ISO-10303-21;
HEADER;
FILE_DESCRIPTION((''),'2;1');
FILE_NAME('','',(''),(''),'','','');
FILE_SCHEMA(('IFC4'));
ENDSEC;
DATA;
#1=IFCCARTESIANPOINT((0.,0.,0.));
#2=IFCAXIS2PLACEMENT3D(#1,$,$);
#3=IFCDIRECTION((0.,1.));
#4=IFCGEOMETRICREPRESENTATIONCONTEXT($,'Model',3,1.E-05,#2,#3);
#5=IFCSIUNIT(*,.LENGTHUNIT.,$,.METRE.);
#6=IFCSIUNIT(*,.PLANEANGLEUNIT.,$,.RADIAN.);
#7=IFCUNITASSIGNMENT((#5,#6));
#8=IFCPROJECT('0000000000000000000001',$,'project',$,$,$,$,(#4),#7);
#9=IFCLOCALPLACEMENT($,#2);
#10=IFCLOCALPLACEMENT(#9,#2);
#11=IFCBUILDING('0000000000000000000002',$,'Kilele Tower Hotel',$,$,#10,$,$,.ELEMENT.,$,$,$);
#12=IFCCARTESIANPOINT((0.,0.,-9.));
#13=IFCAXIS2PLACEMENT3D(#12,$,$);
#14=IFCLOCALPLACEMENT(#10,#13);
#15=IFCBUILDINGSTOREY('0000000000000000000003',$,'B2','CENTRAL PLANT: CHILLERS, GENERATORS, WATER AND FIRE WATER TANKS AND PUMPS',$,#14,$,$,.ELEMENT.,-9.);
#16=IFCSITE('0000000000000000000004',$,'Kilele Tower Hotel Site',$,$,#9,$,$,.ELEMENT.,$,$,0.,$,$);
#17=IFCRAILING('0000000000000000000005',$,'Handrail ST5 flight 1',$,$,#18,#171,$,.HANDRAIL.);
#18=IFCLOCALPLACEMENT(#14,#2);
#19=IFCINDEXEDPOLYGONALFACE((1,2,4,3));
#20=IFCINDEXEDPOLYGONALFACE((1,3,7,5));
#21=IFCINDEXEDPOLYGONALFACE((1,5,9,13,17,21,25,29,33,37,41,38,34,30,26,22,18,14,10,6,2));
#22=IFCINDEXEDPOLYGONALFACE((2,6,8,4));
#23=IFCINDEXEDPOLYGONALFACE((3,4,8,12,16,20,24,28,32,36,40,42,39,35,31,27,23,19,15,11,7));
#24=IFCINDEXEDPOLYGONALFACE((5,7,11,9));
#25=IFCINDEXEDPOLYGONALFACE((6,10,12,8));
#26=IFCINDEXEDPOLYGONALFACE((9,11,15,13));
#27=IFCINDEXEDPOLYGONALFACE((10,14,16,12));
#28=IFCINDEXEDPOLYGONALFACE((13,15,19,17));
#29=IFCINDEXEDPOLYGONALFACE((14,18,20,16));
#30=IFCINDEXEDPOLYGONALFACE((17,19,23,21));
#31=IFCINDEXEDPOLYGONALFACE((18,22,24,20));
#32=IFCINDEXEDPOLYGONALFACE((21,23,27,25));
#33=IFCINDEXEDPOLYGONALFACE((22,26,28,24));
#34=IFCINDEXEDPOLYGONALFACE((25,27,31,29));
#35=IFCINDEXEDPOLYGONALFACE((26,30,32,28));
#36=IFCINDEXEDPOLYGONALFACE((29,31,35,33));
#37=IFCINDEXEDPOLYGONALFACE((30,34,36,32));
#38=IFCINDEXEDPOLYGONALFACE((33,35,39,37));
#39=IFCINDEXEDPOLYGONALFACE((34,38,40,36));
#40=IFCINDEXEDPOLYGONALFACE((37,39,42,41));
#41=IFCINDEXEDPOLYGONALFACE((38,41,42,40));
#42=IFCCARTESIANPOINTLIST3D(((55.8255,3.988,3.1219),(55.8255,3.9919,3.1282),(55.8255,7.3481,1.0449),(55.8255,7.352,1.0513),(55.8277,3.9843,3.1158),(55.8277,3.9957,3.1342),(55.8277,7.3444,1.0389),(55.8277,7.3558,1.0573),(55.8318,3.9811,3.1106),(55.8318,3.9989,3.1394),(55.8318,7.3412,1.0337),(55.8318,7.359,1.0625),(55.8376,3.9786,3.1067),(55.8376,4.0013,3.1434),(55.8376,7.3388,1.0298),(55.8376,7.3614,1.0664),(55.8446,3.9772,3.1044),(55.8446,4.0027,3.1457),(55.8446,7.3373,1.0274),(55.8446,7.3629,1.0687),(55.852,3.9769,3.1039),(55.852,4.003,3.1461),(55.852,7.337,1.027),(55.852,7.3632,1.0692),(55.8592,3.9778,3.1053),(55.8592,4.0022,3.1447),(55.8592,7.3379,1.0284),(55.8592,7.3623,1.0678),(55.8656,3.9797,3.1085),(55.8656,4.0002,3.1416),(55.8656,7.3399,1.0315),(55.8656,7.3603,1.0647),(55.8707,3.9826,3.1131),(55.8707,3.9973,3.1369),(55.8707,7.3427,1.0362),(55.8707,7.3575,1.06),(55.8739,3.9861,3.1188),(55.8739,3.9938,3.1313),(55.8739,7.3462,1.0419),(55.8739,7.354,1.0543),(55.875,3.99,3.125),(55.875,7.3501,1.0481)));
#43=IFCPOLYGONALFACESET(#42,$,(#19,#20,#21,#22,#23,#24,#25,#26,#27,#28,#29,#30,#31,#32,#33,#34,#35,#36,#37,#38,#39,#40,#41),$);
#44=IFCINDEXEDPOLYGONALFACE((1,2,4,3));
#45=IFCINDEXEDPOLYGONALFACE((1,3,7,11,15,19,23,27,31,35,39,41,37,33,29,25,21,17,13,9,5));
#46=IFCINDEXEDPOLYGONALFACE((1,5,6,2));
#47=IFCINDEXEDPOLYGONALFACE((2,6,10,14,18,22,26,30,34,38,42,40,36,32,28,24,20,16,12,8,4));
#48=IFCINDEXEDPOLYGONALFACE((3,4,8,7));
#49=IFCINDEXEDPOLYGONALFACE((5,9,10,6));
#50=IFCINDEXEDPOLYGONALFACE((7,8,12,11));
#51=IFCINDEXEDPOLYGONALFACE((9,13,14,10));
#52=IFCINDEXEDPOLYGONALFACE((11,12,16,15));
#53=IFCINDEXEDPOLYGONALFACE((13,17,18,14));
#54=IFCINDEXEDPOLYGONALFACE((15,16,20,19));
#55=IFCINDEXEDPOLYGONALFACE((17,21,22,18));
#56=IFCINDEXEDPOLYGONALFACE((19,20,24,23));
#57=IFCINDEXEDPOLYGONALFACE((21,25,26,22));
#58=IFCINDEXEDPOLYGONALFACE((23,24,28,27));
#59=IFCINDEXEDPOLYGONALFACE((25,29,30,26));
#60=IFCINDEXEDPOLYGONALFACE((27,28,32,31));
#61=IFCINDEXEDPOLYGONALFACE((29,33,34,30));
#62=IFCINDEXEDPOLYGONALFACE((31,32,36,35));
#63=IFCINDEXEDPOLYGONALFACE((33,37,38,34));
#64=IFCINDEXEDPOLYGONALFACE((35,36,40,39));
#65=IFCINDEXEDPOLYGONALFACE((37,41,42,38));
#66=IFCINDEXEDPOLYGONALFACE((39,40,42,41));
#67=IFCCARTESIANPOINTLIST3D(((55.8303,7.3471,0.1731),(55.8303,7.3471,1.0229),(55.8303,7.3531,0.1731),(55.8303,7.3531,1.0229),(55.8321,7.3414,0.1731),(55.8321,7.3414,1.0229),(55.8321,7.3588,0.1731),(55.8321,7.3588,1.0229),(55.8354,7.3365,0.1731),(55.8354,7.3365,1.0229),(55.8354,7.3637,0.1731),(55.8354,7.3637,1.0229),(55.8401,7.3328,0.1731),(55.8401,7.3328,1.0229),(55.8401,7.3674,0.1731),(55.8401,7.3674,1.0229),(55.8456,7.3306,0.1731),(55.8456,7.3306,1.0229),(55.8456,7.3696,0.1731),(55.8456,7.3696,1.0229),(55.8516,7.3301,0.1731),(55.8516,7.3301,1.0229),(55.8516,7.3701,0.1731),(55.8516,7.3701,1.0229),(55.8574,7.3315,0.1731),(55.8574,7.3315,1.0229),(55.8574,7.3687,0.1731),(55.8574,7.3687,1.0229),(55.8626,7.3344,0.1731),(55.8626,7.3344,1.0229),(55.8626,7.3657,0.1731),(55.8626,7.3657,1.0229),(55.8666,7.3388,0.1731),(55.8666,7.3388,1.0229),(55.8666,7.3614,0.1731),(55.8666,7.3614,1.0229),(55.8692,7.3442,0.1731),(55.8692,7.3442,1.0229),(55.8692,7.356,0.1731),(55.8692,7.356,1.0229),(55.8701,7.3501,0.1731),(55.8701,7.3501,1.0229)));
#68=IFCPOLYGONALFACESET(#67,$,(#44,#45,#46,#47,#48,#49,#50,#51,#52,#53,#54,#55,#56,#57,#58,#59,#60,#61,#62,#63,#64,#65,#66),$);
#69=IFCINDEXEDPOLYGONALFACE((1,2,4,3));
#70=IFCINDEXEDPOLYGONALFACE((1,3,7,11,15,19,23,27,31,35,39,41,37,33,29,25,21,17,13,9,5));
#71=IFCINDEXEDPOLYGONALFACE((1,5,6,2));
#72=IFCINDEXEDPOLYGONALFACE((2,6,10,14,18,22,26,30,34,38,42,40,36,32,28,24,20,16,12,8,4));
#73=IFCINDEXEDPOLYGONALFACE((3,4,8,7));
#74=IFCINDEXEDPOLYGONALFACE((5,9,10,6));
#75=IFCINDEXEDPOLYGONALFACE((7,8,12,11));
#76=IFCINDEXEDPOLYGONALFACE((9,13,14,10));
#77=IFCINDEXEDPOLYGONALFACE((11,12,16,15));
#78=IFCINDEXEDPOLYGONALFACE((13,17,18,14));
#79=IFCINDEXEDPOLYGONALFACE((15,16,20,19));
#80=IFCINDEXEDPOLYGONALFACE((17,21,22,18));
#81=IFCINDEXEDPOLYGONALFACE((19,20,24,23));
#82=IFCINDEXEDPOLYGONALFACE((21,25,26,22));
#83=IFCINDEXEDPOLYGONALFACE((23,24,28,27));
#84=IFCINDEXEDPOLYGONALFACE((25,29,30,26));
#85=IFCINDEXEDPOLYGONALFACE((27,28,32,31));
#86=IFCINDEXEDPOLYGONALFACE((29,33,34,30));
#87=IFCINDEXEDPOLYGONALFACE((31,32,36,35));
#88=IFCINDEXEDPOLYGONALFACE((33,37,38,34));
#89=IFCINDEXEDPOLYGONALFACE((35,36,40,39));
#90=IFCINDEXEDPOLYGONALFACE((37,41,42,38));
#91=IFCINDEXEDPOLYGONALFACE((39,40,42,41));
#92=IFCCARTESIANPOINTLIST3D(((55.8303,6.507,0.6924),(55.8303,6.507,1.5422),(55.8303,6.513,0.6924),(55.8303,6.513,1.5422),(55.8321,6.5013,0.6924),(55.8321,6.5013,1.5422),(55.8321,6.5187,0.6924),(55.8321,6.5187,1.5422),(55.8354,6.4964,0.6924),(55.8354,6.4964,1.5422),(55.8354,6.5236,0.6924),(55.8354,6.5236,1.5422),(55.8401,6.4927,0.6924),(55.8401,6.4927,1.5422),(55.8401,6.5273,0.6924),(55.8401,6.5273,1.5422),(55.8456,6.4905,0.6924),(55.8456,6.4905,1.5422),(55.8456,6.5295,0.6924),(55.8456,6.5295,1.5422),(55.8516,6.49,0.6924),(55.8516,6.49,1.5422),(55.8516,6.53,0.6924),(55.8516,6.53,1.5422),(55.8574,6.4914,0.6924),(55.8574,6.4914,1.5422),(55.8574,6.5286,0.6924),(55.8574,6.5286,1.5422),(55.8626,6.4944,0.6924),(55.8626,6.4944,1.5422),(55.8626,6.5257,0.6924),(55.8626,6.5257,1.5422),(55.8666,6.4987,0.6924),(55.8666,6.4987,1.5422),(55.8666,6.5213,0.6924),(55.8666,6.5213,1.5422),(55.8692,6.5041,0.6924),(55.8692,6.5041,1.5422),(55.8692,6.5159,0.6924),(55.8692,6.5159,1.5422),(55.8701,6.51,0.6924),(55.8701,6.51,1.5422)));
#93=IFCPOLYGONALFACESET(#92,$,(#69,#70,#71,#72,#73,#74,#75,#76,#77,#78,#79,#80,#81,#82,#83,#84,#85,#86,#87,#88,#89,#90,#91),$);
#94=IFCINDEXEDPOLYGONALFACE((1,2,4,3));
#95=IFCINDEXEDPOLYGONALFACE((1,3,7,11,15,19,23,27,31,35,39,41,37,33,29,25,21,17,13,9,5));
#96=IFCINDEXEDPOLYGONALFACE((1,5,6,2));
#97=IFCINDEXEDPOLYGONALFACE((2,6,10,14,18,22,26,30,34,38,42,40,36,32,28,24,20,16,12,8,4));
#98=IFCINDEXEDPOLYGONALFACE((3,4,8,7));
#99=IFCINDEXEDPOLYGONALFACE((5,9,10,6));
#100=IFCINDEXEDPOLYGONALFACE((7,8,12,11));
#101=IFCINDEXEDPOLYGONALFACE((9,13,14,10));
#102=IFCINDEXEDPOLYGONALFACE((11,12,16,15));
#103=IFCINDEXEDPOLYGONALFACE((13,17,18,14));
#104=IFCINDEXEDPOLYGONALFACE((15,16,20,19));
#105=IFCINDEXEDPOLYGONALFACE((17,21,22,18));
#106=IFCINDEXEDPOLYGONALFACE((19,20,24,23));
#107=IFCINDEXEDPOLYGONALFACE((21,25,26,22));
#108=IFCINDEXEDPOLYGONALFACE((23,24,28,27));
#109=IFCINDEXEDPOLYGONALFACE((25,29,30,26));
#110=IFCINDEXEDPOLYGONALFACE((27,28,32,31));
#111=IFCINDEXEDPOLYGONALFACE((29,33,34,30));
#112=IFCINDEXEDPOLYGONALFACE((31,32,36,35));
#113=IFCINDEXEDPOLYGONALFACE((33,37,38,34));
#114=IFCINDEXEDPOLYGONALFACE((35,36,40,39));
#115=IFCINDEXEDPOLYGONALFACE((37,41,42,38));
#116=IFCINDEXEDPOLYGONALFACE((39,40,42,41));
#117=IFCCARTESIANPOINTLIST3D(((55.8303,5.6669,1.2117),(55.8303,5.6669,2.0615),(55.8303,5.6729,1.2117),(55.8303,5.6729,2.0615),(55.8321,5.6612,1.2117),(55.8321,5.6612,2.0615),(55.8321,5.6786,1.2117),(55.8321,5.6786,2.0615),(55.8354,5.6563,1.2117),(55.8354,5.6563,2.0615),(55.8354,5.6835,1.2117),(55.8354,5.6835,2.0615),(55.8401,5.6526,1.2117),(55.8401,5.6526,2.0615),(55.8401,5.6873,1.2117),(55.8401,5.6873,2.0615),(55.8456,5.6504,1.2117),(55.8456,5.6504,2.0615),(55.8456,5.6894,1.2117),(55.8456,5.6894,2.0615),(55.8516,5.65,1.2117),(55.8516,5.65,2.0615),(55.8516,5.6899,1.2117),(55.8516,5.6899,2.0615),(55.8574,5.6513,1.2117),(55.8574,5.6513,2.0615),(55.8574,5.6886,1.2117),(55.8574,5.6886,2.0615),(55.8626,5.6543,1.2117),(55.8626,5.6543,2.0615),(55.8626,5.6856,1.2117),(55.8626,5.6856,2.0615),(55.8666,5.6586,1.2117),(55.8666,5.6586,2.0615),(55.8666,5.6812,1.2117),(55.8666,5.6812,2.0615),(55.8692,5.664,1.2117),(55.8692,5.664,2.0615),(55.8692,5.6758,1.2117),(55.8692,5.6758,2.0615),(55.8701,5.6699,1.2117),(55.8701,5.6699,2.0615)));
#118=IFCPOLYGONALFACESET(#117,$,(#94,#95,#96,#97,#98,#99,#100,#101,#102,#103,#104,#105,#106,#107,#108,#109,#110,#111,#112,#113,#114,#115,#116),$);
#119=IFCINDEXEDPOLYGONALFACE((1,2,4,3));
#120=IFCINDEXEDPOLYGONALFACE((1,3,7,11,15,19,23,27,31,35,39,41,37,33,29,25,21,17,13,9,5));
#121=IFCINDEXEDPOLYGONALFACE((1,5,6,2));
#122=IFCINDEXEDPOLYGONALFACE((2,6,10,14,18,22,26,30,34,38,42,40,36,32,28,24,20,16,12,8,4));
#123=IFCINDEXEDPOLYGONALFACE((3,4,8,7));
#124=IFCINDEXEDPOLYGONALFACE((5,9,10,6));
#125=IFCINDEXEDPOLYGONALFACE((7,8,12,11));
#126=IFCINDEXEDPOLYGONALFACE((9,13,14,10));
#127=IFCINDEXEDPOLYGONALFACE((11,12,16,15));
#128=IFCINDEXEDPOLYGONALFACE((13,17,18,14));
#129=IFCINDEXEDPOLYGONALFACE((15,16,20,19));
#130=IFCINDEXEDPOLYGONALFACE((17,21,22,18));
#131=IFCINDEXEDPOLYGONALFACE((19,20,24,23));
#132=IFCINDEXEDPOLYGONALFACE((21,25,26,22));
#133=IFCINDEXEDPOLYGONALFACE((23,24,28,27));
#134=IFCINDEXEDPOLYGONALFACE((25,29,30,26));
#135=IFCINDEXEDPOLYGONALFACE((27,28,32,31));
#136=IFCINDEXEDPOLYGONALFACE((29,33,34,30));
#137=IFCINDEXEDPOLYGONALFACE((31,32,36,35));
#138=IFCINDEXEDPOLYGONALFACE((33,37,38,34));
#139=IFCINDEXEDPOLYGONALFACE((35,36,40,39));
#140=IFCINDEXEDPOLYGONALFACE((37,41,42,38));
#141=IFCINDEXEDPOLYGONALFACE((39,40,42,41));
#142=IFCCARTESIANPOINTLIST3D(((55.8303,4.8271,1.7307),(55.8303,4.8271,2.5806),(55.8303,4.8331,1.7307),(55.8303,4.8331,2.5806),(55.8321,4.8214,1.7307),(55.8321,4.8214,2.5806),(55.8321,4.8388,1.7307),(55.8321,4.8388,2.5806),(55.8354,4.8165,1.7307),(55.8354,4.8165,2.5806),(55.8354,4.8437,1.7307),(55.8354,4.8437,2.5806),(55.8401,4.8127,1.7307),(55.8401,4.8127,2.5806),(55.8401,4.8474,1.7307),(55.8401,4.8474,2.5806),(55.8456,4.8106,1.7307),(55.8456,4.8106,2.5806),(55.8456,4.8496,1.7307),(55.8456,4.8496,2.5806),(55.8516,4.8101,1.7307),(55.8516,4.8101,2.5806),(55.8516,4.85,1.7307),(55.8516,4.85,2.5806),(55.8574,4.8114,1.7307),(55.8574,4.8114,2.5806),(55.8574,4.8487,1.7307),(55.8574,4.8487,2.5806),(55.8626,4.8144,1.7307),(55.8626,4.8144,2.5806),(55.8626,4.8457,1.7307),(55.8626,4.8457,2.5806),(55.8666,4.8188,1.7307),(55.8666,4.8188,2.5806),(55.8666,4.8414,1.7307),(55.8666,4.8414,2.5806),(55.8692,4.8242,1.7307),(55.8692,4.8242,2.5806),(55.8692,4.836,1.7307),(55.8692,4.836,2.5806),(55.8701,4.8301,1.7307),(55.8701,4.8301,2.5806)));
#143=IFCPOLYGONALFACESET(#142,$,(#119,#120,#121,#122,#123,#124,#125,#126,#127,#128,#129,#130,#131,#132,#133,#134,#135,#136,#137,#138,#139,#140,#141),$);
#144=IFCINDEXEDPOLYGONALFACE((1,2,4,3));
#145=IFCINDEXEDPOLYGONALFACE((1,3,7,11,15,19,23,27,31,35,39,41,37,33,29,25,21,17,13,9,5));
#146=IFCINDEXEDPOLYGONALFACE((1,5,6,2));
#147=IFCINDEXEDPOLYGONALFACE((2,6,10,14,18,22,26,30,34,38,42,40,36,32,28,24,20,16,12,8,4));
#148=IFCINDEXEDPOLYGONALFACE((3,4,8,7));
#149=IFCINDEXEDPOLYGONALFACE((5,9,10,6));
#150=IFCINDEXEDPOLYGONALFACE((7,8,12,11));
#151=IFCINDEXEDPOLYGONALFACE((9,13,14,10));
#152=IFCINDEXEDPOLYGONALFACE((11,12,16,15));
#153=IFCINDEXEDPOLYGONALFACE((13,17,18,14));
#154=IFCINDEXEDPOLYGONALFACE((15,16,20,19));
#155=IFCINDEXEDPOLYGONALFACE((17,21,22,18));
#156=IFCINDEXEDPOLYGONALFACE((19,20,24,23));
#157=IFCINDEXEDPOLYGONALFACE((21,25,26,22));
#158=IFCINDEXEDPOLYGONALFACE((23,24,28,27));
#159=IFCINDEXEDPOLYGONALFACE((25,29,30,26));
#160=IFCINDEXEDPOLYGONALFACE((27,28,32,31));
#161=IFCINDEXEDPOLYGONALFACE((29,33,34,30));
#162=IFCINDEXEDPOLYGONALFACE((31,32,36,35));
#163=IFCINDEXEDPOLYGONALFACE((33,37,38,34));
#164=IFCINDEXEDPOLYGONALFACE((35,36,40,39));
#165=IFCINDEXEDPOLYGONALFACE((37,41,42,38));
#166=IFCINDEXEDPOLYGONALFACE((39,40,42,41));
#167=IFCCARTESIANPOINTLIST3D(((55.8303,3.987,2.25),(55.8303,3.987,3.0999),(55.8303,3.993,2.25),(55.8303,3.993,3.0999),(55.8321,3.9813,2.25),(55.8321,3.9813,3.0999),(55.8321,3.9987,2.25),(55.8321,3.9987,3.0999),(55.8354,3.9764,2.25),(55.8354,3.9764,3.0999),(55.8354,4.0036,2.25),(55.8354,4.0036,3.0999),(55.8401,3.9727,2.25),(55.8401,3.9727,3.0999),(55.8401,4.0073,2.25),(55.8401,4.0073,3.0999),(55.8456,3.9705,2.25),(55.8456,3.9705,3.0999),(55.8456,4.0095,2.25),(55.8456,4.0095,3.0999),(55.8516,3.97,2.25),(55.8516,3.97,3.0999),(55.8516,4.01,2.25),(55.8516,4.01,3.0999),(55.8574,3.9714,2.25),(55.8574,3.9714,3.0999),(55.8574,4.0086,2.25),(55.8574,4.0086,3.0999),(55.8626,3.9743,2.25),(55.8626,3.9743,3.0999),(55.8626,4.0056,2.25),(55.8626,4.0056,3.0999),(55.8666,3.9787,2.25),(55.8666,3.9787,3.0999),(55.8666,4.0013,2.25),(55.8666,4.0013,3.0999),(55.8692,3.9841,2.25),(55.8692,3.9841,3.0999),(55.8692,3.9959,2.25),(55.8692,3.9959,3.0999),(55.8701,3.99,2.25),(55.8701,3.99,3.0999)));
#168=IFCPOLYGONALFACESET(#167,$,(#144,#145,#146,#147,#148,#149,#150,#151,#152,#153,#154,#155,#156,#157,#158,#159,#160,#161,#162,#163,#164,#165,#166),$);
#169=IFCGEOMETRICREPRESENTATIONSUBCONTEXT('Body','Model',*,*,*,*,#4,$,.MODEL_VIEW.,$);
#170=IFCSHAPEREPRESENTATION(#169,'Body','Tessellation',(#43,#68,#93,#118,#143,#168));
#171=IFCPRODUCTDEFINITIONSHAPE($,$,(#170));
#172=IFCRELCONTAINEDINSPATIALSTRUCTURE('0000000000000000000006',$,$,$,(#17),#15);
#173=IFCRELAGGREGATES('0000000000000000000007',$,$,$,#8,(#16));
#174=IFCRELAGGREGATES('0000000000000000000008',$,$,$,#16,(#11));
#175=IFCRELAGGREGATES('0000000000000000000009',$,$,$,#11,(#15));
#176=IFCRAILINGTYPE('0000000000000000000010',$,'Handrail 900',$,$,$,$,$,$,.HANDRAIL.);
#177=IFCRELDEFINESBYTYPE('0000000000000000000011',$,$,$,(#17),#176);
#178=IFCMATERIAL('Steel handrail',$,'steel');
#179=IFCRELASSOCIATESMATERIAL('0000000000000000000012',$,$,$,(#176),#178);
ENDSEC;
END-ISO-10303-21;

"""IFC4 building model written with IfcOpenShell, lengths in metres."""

from ifc_helpers import new_model, si_unit, direction, frame, origin, origin_2d, place, context, subcontext, project, spatial, circle, extrude, material, type_object, element, save


model = new_model("IFC4")

# Units and contexts
model_context = context("Model", 3, precision=1e-05, world=origin(), true_north=direction((0.0, 1.0)))
body_context = subcontext(model_context, "Body", "Model", "MODEL_VIEW")
ifc_project = project(units=[si_unit("LENGTHUNIT", "METRE"), si_unit("PLANEANGLEUNIT", "RADIAN")], contexts=[model_context])

# Site, building, storey
site_placement = place(None, origin())
site = spatial("IfcSite", under=ifc_project, at=site_placement, Name="Kilele Tower Hotel Site", CompositionType="ELEMENT", RefElevation=0.0)
building_placement = place(site_placement, origin())
building = spatial("IfcBuilding", under=site, at=building_placement, Name="Kilele Tower Hotel", CompositionType="ELEMENT")
storey_placement = place(building_placement, frame((0.0, 0.0, -9.0)))
storey = spatial("IfcBuildingStorey", under=building, at=storey_placement, Name="B2", Description="CENTRAL PLANT: CHILLERS, GENERATORS, WATER AND FIRE WATER TANKS AND PUMPS", CompositionType="ELEMENT", Elevation=-9.0)

# Railing
ifc_material_1 = material(Name="Steel handrail", Category="steel")
railing_type_1 = type_object("IfcRailingType", Name="Handrail 900", PredefinedType="HANDRAIL", material=ifc_material_1)
for number, where, name in (
    (1, (55.8501, 7.3501, 0.1731), "Handrail ST5 flight 1"),
):
    element("IfcRailing", number, at=place(storey_placement, frame(where)), inside=storey, type_object=railing_type_1, Name=name, PredefinedType="HANDRAIL", context=body_context, shape_type="SweptSolid", body=[
        extrude(circle(Radius=0.0249, at=origin_2d()), frame((0.0, 0.0, 0.875), z_axis=(0.0, -0.850623, 0.525776), x_axis=(1.0, 0.0, 0.0)), (0.0, 0.0, 1.0), 3.9502),
        extrude(circle(Radius=0.02, at=origin_2d()), origin(), (0.0, 0.0, 1.0), 0.8499),
        extrude(circle(Radius=0.02, at=origin_2d()), frame((0.0, -0.8401, 0.5193)), (0.0, 0.0, 1.0), 0.8499),
        extrude(circle(Radius=0.02, at=origin_2d()), frame((0.0, -1.6802, 1.0386)), (0.0, 0.0, 1.0), 0.8499),
        extrude(circle(Radius=0.02, at=origin_2d()), frame((0.0, -2.52, 1.5576)), (0.0, 0.0, 1.0), 0.8499),
        extrude(circle(Radius=0.02, at=origin_2d()), frame((0.0, -3.3601, 2.0769)), (0.0, 0.0, 1.0), 0.8499),
    ])

save(model, "model.ifc")
